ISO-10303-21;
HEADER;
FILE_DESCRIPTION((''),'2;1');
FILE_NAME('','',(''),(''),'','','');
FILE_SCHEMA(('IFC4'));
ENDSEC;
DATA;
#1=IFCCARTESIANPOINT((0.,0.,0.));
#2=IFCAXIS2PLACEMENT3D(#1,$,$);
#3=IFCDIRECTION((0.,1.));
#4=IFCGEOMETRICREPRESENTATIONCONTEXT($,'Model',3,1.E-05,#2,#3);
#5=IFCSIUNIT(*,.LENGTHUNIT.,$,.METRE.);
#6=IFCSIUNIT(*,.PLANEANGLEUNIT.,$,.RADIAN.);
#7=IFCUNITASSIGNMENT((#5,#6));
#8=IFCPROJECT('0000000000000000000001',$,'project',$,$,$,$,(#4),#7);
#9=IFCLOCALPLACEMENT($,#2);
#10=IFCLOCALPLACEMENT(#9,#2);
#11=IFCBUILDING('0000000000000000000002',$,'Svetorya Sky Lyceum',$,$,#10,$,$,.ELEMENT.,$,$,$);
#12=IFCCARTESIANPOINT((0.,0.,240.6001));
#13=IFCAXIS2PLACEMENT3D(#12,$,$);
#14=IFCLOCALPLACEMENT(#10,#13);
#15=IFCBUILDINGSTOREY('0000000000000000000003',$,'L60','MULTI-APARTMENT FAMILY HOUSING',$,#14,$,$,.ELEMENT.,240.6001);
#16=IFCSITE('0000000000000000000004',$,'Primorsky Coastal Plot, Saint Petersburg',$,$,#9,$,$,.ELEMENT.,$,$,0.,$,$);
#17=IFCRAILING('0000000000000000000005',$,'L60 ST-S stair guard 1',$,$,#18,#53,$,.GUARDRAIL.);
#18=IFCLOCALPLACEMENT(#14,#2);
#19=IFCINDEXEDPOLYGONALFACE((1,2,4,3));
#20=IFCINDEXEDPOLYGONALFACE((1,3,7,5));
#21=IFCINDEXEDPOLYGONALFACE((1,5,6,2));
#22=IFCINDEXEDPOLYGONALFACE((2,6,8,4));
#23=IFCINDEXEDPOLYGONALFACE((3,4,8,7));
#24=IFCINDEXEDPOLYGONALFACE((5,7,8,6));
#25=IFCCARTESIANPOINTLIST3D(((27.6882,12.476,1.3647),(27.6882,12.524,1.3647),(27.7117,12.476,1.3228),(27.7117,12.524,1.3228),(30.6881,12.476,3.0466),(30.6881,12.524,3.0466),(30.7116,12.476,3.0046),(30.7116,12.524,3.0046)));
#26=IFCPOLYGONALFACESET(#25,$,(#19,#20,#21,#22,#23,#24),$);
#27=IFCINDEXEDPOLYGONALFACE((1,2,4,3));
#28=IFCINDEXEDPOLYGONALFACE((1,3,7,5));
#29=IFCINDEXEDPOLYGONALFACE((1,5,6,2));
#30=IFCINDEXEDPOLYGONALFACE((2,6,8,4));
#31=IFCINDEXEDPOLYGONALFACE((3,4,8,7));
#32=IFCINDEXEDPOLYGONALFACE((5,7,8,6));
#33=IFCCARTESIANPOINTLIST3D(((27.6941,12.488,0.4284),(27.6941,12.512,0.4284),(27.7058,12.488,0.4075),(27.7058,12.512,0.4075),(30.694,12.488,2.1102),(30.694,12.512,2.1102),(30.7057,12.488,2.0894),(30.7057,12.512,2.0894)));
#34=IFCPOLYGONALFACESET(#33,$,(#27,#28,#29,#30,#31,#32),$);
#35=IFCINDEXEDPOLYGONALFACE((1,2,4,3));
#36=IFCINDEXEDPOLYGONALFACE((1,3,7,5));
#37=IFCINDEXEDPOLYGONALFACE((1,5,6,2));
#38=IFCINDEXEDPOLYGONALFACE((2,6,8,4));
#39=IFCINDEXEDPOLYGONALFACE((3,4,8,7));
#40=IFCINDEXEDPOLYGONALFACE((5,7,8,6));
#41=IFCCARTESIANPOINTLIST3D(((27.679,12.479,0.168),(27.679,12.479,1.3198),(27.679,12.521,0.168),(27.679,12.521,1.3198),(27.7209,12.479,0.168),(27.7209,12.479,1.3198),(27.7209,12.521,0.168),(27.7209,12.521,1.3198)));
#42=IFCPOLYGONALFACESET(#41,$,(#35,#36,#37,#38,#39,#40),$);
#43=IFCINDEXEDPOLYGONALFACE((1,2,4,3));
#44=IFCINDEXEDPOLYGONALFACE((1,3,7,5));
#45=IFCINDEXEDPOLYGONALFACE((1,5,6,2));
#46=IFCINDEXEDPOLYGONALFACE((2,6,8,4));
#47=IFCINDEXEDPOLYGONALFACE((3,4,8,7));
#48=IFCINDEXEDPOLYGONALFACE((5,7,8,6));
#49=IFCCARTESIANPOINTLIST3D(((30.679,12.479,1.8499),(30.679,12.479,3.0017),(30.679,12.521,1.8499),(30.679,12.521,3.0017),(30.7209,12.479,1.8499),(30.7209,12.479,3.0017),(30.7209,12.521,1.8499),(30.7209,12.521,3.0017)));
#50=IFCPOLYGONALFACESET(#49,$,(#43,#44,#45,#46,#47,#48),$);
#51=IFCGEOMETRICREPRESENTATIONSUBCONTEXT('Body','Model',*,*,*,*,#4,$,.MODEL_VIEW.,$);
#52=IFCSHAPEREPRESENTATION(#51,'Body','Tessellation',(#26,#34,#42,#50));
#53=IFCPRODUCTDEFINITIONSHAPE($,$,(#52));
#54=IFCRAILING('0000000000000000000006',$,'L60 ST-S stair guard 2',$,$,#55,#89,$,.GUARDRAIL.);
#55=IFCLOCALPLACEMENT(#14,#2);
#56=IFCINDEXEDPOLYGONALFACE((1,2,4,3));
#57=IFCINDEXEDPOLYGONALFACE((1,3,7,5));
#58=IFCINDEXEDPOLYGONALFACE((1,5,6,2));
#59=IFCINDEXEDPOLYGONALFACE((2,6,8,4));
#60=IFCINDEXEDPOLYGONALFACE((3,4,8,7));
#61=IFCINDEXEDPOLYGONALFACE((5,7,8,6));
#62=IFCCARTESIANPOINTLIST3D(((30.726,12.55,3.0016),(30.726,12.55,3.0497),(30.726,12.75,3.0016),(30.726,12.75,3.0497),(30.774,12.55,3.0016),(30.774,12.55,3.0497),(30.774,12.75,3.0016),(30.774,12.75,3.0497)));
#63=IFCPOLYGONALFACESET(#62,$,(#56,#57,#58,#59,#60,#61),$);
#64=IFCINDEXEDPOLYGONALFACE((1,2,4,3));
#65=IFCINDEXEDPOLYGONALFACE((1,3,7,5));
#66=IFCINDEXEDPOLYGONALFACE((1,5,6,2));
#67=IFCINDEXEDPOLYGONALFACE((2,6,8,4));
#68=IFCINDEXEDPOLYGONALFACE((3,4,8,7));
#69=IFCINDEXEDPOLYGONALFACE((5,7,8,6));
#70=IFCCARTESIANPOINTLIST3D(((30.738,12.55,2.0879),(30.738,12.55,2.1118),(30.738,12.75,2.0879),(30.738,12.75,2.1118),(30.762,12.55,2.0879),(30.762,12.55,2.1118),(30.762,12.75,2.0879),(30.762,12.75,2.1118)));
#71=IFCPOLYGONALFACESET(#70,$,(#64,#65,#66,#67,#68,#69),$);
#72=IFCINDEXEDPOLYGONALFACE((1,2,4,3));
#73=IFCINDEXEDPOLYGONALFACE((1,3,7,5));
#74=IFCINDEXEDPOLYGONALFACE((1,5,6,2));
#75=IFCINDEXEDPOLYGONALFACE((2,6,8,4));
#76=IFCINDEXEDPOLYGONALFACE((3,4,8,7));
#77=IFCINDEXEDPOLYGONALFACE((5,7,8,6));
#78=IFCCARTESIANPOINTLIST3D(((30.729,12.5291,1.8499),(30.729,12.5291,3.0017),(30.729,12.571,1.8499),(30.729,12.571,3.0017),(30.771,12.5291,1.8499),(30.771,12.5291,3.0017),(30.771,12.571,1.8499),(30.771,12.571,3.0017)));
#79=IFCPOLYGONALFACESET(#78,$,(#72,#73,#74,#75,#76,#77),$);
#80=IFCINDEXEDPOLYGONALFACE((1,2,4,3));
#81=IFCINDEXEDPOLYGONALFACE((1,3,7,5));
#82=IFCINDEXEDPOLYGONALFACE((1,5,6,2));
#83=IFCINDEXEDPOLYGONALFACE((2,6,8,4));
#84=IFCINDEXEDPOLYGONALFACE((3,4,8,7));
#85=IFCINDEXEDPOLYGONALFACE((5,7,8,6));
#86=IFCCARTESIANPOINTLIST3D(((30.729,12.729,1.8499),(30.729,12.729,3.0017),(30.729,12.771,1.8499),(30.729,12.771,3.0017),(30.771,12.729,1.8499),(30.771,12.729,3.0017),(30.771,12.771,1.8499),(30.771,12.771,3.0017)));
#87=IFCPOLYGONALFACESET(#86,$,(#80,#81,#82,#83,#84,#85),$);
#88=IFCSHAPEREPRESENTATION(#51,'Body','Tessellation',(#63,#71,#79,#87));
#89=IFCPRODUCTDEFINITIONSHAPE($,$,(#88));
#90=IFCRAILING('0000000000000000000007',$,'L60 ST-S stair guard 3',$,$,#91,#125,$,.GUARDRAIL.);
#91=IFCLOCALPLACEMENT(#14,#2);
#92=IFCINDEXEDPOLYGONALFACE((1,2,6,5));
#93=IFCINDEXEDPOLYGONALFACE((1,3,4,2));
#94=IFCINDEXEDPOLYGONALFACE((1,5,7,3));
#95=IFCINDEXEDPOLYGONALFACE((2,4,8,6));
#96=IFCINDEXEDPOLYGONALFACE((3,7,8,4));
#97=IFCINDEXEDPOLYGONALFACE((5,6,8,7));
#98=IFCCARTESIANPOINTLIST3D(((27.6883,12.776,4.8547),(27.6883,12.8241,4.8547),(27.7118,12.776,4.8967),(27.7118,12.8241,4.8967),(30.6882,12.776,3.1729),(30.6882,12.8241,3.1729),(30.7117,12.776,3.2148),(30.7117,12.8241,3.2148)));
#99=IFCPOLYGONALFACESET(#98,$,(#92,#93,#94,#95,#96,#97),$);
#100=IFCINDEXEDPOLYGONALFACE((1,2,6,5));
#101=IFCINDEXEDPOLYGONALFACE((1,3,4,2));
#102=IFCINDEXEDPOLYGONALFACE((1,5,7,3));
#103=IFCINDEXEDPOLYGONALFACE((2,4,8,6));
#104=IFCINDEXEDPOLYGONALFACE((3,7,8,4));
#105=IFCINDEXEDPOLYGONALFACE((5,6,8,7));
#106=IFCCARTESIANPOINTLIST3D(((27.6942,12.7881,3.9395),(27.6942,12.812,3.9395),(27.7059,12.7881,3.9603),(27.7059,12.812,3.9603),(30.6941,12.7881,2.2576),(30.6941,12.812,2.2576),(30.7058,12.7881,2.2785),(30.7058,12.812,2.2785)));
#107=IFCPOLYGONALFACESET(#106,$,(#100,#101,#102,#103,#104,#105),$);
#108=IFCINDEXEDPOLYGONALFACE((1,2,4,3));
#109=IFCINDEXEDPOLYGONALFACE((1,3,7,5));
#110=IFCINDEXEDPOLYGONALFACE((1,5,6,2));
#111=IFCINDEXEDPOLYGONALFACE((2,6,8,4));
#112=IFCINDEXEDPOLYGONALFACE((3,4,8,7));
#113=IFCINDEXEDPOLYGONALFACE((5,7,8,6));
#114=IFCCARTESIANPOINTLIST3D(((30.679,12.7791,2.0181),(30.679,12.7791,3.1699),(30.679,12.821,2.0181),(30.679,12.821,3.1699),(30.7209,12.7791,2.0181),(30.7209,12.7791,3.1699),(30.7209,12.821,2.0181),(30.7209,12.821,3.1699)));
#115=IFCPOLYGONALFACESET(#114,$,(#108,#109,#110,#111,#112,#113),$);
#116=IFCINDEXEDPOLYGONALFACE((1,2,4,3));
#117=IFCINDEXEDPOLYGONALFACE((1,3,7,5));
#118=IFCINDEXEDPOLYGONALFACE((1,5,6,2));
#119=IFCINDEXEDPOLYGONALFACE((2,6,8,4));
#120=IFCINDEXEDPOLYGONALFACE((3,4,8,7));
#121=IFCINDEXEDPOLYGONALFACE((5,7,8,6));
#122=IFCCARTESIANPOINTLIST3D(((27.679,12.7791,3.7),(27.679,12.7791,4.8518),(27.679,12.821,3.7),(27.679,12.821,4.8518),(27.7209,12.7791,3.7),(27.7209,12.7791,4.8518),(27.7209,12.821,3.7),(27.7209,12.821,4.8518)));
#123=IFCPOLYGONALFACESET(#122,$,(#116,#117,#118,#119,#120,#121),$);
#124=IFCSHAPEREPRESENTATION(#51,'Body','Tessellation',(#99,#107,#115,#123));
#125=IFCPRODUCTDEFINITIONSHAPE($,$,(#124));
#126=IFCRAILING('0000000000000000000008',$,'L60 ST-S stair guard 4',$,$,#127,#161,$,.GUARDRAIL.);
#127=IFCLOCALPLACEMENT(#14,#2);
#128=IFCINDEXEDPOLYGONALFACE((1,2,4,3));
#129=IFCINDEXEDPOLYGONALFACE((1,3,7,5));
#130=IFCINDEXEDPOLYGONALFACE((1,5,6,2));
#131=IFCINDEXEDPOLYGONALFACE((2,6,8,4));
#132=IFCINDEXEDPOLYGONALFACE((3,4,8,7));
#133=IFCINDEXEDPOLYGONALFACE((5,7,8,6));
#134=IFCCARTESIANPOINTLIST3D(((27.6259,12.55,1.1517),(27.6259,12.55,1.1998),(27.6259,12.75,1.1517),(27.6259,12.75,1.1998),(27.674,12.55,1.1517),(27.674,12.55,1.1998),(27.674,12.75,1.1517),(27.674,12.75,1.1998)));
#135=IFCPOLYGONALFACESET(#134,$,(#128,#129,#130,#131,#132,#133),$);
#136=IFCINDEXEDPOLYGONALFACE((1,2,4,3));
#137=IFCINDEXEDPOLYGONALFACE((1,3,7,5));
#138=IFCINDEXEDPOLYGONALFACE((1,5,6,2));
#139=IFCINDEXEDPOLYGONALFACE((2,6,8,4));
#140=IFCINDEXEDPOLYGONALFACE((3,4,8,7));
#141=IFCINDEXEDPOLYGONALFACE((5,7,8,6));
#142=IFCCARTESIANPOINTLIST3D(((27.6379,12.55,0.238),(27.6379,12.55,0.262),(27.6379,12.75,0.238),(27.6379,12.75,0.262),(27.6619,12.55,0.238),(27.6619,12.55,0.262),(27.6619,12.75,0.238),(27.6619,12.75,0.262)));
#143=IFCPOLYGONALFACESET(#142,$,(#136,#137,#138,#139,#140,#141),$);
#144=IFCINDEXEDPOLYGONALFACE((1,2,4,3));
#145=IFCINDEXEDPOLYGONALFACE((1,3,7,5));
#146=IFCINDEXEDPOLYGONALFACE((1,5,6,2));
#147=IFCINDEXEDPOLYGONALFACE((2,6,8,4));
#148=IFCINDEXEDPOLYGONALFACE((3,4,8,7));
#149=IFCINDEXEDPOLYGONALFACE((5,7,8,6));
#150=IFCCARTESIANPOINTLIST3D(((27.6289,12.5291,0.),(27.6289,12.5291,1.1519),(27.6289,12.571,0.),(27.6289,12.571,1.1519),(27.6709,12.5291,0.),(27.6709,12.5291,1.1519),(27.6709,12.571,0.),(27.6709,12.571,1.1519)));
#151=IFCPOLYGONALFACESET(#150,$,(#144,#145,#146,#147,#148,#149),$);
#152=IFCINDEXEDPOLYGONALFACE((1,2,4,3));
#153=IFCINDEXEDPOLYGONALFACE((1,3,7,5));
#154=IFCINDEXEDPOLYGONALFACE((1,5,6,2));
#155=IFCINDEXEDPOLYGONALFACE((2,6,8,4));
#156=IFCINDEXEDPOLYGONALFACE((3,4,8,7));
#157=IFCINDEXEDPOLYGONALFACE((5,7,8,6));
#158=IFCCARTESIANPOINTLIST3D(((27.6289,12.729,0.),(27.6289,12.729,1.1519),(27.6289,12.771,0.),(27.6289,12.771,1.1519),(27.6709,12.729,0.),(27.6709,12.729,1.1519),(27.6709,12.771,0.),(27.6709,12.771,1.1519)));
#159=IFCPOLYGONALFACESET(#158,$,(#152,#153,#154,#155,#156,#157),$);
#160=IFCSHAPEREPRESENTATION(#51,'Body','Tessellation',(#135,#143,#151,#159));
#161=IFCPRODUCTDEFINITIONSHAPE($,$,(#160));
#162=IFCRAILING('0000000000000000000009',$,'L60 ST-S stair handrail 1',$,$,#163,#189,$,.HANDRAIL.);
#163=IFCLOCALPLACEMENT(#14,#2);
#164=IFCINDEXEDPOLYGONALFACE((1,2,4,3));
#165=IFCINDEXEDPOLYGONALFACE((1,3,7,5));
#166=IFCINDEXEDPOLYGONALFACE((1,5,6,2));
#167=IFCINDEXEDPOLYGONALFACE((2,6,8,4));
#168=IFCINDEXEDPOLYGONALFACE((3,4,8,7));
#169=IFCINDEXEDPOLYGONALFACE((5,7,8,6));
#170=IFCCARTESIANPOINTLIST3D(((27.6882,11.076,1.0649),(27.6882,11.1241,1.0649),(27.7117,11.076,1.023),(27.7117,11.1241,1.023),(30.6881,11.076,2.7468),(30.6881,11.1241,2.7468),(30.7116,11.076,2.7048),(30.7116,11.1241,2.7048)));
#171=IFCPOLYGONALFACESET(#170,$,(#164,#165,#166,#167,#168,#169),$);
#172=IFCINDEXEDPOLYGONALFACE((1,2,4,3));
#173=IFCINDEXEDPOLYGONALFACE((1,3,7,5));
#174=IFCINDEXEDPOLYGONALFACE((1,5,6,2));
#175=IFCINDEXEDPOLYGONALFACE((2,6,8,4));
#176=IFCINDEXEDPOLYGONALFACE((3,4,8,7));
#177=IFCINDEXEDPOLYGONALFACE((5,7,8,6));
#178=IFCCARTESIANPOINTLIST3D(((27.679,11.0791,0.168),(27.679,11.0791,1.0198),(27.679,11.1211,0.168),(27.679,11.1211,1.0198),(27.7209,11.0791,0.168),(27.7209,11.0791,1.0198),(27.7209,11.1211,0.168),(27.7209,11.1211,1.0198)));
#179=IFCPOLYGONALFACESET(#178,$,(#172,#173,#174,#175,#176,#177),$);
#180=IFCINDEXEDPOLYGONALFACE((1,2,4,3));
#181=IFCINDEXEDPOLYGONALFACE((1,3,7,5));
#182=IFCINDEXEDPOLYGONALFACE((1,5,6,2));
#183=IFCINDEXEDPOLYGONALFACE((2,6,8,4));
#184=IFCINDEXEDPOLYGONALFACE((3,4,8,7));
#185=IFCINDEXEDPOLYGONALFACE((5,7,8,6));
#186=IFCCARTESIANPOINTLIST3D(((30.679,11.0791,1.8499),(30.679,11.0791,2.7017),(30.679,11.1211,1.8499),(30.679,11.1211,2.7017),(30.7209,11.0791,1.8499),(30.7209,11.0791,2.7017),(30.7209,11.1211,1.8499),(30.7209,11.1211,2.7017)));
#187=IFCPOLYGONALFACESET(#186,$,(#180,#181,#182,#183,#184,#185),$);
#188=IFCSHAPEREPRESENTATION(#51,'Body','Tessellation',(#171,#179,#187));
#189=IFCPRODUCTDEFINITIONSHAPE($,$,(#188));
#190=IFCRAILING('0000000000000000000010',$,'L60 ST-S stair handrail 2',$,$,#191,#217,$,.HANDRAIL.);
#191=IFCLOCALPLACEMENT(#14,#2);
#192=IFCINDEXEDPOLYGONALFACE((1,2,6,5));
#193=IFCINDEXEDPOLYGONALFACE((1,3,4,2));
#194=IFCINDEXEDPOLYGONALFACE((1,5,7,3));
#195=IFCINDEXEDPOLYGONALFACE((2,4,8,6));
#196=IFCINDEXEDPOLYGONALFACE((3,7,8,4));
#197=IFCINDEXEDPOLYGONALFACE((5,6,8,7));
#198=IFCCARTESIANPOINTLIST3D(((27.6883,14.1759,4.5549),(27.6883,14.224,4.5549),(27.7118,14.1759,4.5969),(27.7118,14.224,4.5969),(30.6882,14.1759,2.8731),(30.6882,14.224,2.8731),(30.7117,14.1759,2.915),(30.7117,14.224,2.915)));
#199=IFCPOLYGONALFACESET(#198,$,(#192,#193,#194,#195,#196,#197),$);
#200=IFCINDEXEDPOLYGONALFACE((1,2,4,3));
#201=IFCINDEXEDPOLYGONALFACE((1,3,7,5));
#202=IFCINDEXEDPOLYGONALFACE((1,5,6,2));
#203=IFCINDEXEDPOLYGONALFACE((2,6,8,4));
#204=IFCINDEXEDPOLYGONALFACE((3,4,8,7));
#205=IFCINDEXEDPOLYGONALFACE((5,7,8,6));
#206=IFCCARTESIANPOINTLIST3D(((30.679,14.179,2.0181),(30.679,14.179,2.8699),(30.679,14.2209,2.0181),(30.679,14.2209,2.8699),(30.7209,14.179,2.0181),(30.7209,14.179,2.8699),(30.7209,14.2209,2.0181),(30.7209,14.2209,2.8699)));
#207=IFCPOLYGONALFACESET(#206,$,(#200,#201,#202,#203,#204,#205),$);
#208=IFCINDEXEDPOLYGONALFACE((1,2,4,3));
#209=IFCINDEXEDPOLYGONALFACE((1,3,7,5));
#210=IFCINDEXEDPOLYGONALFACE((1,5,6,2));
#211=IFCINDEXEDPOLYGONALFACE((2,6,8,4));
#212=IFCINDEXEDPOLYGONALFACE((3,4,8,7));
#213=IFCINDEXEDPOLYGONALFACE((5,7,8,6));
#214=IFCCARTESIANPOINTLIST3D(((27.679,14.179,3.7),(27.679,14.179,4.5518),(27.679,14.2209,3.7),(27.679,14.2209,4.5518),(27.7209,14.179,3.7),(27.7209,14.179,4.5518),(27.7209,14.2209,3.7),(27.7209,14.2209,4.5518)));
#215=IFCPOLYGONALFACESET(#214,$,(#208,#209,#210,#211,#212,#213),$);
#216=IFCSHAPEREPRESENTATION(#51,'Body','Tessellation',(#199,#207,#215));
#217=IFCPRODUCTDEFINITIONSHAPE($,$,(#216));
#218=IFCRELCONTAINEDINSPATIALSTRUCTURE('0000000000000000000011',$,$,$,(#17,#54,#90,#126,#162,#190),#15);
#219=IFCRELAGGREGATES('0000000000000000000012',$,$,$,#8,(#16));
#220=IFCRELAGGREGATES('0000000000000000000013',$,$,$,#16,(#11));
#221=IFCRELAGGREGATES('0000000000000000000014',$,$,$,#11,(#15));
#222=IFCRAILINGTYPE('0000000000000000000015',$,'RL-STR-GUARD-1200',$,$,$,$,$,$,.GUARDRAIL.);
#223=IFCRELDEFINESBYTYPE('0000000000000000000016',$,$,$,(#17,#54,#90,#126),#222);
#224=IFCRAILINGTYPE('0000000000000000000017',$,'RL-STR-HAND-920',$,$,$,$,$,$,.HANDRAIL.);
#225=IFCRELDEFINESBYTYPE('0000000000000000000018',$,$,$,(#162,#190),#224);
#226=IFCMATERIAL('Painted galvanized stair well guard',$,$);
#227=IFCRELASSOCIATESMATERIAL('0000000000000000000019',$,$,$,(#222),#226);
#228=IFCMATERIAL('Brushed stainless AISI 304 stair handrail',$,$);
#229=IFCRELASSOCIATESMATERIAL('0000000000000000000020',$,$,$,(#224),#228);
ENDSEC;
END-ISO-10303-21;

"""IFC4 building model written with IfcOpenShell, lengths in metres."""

from ifc_helpers import new_model, si_unit, direction, frame, origin, origin_2d, place, context, subcontext, project, spatial, rectangle, extrude, material, type_object, element, save


model = new_model("IFC4")

# Units and contexts
model_context = context("Model", 3, precision=1e-05, world=origin(), true_north=direction((0.0, 1.0)))
body_context = subcontext(model_context, "Body", "Model", "MODEL_VIEW")
ifc_project = project(units=[si_unit("LENGTHUNIT", "METRE"), si_unit("PLANEANGLEUNIT", "RADIAN")], contexts=[model_context])

# Site, building, storey
site_placement = place(None, origin())
site = spatial("IfcSite", under=ifc_project, at=site_placement, Name="Primorsky Coastal Plot, Saint Petersburg", CompositionType="ELEMENT", RefElevation=0.0)
building_placement = place(site_placement, origin())
building = spatial("IfcBuilding", under=site, at=building_placement, Name="Svetorya Sky Lyceum", CompositionType="ELEMENT")
storey_placement = place(building_placement, frame((0.0, 0.0, 240.6001)))
storey = spatial("IfcBuildingStorey", under=building, at=storey_placement, Name="L60", Description="MULTI-APARTMENT FAMILY HOUSING", CompositionType="ELEMENT", Elevation=240.6001)

# Railings
ifc_material_1 = material(Name="Painted galvanized stair well guard")
railing_type_1 = type_object("IfcRailingType", Name="RL-STR-GUARD-1200", PredefinedType="GUARDRAIL", material=ifc_material_1)
railing_1_placement = place(storey_placement, frame((27.7, 12.5, 0.168)))
element("IfcRailing", 1, at=railing_1_placement, inside=storey, type_object=railing_type_1, Name="L60 ST-S stair guard 1", PredefinedType="GUARDRAIL", context=body_context, shape_type="SweptSolid", body=[
    extrude(rectangle(XDim=0.0481, YDim=0.0481, at=origin_2d()), frame((0.0, 0.0, 1.1758), z_axis=(0.872272, 0.0, 0.48902), x_axis=(0.0, 1.0, 0.0)), (0.0, 0.0, 1.0), 3.4392),
    extrude(rectangle(XDim=0.0239, YDim=0.0239, at=origin_2d()), frame((0.0, 0.0, 0.25), z_axis=(0.872272, 0.0, 0.48902), x_axis=(0.0, 1.0, 0.0)), (0.0, 0.0, 1.0), 3.4392),
    extrude(rectangle(XDim=0.042, YDim=0.042, at=origin_2d()), origin(), (0.0, 0.0, 1.0), 1.1519),
    extrude(rectangle(XDim=0.042, YDim=0.042, at=origin_2d()), frame((3.0, 0.0, 1.6819)), (0.0, 0.0, 1.0), 1.1519),
])
railing_2_placement = place(storey_placement, frame((30.75, 12.55, 1.8499)))
element("IfcRailing", 2, at=railing_2_placement, inside=storey, type_object=railing_type_1, Name="L60 ST-S stair guard 2", PredefinedType="GUARDRAIL", context=body_context, shape_type="SweptSolid", body=[
    extrude(rectangle(XDim=0.0481, YDim=0.0481, at=origin_2d()), frame((0.0, 0.0, 1.1758), z_axis=(0.0, 1.0, 0.0), x_axis=(-1.0, 0.0, 0.0)), (0.0, 0.0, 1.0), 0.2),
    extrude(rectangle(XDim=0.0239, YDim=0.0239, at=origin_2d()), frame((0.0, 0.0, 0.25), z_axis=(0.0, 1.0, 0.0), x_axis=(-1.0, 0.0, 0.0)), (0.0, 0.0, 1.0), 0.2),
    extrude(rectangle(XDim=0.042, YDim=0.042, at=origin_2d()), origin(), (0.0, 0.0, 1.0), 1.1519),
    extrude(rectangle(XDim=0.042, YDim=0.042, at=origin_2d()), frame((0.0, 0.2, 0.0)), (0.0, 0.0, 1.0), 1.1519),
])
railing_3_placement = place(storey_placement, frame((30.7, 12.8, 2.0181)))
element("IfcRailing", 3, at=railing_3_placement, inside=storey, type_object=railing_type_1, Name="L60 ST-S stair guard 3", PredefinedType="GUARDRAIL", context=body_context, shape_type="SweptSolid", body=[
    extrude(rectangle(XDim=0.0481, YDim=0.0481, at=origin_2d()), frame((0.0, 0.0, 1.1758), z_axis=(-0.872272, 0.0, 0.48902), x_axis=(0.0, -1.0, 0.0)), (0.0, 0.0, 1.0), 3.4392),
    extrude(rectangle(XDim=0.0239, YDim=0.0239, at=origin_2d()), frame((0.0, 0.0, 0.25), z_axis=(-0.872272, 0.0, 0.48902), x_axis=(0.0, -1.0, 0.0)), (0.0, 0.0, 1.0), 3.4392),
    extrude(rectangle(XDim=0.042, YDim=0.042, at=origin_2d()), origin(), (0.0, 0.0, 1.0), 1.1519),
    extrude(rectangle(XDim=0.042, YDim=0.042, at=origin_2d()), frame((-3.0, 0.0, 1.6819)), (0.0, 0.0, 1.0), 1.1519),
])
railing_4_placement = place(storey_placement, frame((27.6499, 12.55, 0.0)))
element("IfcRailing", 4, at=railing_4_placement, inside=storey, type_object=railing_type_1, Name="L60 ST-S stair guard 4", PredefinedType="GUARDRAIL", context=body_context, shape_type="SweptSolid", body=[
    extrude(rectangle(XDim=0.0481, YDim=0.0481, at=origin_2d()), frame((0.0, 0.0, 1.1758), z_axis=(0.0, 1.0, 0.0), x_axis=(-1.0, 0.0, 0.0)), (0.0, 0.0, 1.0), 0.2),
    extrude(rectangle(XDim=0.0239, YDim=0.0239, at=origin_2d()), frame((0.0, 0.0, 0.25), z_axis=(0.0, 1.0, 0.0), x_axis=(-1.0, 0.0, 0.0)), (0.0, 0.0, 1.0), 0.2),
    extrude(rectangle(XDim=0.042, YDim=0.042, at=origin_2d()), origin(), (0.0, 0.0, 1.0), 1.1519),
    extrude(rectangle(XDim=0.042, YDim=0.042, at=origin_2d()), frame((0.0, 0.2, 0.0)), (0.0, 0.0, 1.0), 1.1519),
])
ifc_material_2 = material(Name="Brushed stainless AISI 304 stair handrail")
railing_type_2 = type_object("IfcRailingType", Name="RL-STR-HAND-920", PredefinedType="HANDRAIL", material=ifc_material_2)
railing_5_placement = place(storey_placement, frame((27.7, 11.1001, 0.168)))
element("IfcRailing", 5, at=railing_5_placement, inside=storey, type_object=railing_type_2, Name="L60 ST-S stair handrail 1", PredefinedType="HANDRAIL", context=body_context, shape_type="SweptSolid", body=[
    extrude(rectangle(XDim=0.0481, YDim=0.0481, at=origin_2d()), frame((0.0, 0.0, 0.876), z_axis=(0.872272, 0.0, 0.48902), x_axis=(0.0, 1.0, 0.0)), (0.0, 0.0, 1.0), 3.4392),
    extrude(rectangle(XDim=0.042, YDim=0.042, at=origin_2d()), origin(), (0.0, 0.0, 1.0), 0.8518),
    extrude(rectangle(XDim=0.042, YDim=0.042, at=origin_2d()), frame((3.0, 0.0, 1.6819)), (0.0, 0.0, 1.0), 0.8518),
])
railing_6_placement = place(storey_placement, frame((30.7, 14.2, 2.0181)))
element("IfcRailing", 6, at=railing_6_placement, inside=storey, type_object=railing_type_2, Name="L60 ST-S stair handrail 2", PredefinedType="HANDRAIL", context=body_context, shape_type="SweptSolid", body=[
    extrude(rectangle(XDim=0.0481, YDim=0.0481, at=origin_2d()), frame((0.0, 0.0, 0.876), z_axis=(-0.872272, 0.0, 0.48902), x_axis=(0.0, -1.0, 0.0)), (0.0, 0.0, 1.0), 3.4392),
    extrude(rectangle(XDim=0.042, YDim=0.042, at=origin_2d()), origin(), (0.0, 0.0, 1.0), 0.8518),
    extrude(rectangle(XDim=0.042, YDim=0.042, at=origin_2d()), frame((-3.0, 0.0, 1.6819)), (0.0, 0.0, 1.0), 0.8518),
])

save(model, "model.ifc")
